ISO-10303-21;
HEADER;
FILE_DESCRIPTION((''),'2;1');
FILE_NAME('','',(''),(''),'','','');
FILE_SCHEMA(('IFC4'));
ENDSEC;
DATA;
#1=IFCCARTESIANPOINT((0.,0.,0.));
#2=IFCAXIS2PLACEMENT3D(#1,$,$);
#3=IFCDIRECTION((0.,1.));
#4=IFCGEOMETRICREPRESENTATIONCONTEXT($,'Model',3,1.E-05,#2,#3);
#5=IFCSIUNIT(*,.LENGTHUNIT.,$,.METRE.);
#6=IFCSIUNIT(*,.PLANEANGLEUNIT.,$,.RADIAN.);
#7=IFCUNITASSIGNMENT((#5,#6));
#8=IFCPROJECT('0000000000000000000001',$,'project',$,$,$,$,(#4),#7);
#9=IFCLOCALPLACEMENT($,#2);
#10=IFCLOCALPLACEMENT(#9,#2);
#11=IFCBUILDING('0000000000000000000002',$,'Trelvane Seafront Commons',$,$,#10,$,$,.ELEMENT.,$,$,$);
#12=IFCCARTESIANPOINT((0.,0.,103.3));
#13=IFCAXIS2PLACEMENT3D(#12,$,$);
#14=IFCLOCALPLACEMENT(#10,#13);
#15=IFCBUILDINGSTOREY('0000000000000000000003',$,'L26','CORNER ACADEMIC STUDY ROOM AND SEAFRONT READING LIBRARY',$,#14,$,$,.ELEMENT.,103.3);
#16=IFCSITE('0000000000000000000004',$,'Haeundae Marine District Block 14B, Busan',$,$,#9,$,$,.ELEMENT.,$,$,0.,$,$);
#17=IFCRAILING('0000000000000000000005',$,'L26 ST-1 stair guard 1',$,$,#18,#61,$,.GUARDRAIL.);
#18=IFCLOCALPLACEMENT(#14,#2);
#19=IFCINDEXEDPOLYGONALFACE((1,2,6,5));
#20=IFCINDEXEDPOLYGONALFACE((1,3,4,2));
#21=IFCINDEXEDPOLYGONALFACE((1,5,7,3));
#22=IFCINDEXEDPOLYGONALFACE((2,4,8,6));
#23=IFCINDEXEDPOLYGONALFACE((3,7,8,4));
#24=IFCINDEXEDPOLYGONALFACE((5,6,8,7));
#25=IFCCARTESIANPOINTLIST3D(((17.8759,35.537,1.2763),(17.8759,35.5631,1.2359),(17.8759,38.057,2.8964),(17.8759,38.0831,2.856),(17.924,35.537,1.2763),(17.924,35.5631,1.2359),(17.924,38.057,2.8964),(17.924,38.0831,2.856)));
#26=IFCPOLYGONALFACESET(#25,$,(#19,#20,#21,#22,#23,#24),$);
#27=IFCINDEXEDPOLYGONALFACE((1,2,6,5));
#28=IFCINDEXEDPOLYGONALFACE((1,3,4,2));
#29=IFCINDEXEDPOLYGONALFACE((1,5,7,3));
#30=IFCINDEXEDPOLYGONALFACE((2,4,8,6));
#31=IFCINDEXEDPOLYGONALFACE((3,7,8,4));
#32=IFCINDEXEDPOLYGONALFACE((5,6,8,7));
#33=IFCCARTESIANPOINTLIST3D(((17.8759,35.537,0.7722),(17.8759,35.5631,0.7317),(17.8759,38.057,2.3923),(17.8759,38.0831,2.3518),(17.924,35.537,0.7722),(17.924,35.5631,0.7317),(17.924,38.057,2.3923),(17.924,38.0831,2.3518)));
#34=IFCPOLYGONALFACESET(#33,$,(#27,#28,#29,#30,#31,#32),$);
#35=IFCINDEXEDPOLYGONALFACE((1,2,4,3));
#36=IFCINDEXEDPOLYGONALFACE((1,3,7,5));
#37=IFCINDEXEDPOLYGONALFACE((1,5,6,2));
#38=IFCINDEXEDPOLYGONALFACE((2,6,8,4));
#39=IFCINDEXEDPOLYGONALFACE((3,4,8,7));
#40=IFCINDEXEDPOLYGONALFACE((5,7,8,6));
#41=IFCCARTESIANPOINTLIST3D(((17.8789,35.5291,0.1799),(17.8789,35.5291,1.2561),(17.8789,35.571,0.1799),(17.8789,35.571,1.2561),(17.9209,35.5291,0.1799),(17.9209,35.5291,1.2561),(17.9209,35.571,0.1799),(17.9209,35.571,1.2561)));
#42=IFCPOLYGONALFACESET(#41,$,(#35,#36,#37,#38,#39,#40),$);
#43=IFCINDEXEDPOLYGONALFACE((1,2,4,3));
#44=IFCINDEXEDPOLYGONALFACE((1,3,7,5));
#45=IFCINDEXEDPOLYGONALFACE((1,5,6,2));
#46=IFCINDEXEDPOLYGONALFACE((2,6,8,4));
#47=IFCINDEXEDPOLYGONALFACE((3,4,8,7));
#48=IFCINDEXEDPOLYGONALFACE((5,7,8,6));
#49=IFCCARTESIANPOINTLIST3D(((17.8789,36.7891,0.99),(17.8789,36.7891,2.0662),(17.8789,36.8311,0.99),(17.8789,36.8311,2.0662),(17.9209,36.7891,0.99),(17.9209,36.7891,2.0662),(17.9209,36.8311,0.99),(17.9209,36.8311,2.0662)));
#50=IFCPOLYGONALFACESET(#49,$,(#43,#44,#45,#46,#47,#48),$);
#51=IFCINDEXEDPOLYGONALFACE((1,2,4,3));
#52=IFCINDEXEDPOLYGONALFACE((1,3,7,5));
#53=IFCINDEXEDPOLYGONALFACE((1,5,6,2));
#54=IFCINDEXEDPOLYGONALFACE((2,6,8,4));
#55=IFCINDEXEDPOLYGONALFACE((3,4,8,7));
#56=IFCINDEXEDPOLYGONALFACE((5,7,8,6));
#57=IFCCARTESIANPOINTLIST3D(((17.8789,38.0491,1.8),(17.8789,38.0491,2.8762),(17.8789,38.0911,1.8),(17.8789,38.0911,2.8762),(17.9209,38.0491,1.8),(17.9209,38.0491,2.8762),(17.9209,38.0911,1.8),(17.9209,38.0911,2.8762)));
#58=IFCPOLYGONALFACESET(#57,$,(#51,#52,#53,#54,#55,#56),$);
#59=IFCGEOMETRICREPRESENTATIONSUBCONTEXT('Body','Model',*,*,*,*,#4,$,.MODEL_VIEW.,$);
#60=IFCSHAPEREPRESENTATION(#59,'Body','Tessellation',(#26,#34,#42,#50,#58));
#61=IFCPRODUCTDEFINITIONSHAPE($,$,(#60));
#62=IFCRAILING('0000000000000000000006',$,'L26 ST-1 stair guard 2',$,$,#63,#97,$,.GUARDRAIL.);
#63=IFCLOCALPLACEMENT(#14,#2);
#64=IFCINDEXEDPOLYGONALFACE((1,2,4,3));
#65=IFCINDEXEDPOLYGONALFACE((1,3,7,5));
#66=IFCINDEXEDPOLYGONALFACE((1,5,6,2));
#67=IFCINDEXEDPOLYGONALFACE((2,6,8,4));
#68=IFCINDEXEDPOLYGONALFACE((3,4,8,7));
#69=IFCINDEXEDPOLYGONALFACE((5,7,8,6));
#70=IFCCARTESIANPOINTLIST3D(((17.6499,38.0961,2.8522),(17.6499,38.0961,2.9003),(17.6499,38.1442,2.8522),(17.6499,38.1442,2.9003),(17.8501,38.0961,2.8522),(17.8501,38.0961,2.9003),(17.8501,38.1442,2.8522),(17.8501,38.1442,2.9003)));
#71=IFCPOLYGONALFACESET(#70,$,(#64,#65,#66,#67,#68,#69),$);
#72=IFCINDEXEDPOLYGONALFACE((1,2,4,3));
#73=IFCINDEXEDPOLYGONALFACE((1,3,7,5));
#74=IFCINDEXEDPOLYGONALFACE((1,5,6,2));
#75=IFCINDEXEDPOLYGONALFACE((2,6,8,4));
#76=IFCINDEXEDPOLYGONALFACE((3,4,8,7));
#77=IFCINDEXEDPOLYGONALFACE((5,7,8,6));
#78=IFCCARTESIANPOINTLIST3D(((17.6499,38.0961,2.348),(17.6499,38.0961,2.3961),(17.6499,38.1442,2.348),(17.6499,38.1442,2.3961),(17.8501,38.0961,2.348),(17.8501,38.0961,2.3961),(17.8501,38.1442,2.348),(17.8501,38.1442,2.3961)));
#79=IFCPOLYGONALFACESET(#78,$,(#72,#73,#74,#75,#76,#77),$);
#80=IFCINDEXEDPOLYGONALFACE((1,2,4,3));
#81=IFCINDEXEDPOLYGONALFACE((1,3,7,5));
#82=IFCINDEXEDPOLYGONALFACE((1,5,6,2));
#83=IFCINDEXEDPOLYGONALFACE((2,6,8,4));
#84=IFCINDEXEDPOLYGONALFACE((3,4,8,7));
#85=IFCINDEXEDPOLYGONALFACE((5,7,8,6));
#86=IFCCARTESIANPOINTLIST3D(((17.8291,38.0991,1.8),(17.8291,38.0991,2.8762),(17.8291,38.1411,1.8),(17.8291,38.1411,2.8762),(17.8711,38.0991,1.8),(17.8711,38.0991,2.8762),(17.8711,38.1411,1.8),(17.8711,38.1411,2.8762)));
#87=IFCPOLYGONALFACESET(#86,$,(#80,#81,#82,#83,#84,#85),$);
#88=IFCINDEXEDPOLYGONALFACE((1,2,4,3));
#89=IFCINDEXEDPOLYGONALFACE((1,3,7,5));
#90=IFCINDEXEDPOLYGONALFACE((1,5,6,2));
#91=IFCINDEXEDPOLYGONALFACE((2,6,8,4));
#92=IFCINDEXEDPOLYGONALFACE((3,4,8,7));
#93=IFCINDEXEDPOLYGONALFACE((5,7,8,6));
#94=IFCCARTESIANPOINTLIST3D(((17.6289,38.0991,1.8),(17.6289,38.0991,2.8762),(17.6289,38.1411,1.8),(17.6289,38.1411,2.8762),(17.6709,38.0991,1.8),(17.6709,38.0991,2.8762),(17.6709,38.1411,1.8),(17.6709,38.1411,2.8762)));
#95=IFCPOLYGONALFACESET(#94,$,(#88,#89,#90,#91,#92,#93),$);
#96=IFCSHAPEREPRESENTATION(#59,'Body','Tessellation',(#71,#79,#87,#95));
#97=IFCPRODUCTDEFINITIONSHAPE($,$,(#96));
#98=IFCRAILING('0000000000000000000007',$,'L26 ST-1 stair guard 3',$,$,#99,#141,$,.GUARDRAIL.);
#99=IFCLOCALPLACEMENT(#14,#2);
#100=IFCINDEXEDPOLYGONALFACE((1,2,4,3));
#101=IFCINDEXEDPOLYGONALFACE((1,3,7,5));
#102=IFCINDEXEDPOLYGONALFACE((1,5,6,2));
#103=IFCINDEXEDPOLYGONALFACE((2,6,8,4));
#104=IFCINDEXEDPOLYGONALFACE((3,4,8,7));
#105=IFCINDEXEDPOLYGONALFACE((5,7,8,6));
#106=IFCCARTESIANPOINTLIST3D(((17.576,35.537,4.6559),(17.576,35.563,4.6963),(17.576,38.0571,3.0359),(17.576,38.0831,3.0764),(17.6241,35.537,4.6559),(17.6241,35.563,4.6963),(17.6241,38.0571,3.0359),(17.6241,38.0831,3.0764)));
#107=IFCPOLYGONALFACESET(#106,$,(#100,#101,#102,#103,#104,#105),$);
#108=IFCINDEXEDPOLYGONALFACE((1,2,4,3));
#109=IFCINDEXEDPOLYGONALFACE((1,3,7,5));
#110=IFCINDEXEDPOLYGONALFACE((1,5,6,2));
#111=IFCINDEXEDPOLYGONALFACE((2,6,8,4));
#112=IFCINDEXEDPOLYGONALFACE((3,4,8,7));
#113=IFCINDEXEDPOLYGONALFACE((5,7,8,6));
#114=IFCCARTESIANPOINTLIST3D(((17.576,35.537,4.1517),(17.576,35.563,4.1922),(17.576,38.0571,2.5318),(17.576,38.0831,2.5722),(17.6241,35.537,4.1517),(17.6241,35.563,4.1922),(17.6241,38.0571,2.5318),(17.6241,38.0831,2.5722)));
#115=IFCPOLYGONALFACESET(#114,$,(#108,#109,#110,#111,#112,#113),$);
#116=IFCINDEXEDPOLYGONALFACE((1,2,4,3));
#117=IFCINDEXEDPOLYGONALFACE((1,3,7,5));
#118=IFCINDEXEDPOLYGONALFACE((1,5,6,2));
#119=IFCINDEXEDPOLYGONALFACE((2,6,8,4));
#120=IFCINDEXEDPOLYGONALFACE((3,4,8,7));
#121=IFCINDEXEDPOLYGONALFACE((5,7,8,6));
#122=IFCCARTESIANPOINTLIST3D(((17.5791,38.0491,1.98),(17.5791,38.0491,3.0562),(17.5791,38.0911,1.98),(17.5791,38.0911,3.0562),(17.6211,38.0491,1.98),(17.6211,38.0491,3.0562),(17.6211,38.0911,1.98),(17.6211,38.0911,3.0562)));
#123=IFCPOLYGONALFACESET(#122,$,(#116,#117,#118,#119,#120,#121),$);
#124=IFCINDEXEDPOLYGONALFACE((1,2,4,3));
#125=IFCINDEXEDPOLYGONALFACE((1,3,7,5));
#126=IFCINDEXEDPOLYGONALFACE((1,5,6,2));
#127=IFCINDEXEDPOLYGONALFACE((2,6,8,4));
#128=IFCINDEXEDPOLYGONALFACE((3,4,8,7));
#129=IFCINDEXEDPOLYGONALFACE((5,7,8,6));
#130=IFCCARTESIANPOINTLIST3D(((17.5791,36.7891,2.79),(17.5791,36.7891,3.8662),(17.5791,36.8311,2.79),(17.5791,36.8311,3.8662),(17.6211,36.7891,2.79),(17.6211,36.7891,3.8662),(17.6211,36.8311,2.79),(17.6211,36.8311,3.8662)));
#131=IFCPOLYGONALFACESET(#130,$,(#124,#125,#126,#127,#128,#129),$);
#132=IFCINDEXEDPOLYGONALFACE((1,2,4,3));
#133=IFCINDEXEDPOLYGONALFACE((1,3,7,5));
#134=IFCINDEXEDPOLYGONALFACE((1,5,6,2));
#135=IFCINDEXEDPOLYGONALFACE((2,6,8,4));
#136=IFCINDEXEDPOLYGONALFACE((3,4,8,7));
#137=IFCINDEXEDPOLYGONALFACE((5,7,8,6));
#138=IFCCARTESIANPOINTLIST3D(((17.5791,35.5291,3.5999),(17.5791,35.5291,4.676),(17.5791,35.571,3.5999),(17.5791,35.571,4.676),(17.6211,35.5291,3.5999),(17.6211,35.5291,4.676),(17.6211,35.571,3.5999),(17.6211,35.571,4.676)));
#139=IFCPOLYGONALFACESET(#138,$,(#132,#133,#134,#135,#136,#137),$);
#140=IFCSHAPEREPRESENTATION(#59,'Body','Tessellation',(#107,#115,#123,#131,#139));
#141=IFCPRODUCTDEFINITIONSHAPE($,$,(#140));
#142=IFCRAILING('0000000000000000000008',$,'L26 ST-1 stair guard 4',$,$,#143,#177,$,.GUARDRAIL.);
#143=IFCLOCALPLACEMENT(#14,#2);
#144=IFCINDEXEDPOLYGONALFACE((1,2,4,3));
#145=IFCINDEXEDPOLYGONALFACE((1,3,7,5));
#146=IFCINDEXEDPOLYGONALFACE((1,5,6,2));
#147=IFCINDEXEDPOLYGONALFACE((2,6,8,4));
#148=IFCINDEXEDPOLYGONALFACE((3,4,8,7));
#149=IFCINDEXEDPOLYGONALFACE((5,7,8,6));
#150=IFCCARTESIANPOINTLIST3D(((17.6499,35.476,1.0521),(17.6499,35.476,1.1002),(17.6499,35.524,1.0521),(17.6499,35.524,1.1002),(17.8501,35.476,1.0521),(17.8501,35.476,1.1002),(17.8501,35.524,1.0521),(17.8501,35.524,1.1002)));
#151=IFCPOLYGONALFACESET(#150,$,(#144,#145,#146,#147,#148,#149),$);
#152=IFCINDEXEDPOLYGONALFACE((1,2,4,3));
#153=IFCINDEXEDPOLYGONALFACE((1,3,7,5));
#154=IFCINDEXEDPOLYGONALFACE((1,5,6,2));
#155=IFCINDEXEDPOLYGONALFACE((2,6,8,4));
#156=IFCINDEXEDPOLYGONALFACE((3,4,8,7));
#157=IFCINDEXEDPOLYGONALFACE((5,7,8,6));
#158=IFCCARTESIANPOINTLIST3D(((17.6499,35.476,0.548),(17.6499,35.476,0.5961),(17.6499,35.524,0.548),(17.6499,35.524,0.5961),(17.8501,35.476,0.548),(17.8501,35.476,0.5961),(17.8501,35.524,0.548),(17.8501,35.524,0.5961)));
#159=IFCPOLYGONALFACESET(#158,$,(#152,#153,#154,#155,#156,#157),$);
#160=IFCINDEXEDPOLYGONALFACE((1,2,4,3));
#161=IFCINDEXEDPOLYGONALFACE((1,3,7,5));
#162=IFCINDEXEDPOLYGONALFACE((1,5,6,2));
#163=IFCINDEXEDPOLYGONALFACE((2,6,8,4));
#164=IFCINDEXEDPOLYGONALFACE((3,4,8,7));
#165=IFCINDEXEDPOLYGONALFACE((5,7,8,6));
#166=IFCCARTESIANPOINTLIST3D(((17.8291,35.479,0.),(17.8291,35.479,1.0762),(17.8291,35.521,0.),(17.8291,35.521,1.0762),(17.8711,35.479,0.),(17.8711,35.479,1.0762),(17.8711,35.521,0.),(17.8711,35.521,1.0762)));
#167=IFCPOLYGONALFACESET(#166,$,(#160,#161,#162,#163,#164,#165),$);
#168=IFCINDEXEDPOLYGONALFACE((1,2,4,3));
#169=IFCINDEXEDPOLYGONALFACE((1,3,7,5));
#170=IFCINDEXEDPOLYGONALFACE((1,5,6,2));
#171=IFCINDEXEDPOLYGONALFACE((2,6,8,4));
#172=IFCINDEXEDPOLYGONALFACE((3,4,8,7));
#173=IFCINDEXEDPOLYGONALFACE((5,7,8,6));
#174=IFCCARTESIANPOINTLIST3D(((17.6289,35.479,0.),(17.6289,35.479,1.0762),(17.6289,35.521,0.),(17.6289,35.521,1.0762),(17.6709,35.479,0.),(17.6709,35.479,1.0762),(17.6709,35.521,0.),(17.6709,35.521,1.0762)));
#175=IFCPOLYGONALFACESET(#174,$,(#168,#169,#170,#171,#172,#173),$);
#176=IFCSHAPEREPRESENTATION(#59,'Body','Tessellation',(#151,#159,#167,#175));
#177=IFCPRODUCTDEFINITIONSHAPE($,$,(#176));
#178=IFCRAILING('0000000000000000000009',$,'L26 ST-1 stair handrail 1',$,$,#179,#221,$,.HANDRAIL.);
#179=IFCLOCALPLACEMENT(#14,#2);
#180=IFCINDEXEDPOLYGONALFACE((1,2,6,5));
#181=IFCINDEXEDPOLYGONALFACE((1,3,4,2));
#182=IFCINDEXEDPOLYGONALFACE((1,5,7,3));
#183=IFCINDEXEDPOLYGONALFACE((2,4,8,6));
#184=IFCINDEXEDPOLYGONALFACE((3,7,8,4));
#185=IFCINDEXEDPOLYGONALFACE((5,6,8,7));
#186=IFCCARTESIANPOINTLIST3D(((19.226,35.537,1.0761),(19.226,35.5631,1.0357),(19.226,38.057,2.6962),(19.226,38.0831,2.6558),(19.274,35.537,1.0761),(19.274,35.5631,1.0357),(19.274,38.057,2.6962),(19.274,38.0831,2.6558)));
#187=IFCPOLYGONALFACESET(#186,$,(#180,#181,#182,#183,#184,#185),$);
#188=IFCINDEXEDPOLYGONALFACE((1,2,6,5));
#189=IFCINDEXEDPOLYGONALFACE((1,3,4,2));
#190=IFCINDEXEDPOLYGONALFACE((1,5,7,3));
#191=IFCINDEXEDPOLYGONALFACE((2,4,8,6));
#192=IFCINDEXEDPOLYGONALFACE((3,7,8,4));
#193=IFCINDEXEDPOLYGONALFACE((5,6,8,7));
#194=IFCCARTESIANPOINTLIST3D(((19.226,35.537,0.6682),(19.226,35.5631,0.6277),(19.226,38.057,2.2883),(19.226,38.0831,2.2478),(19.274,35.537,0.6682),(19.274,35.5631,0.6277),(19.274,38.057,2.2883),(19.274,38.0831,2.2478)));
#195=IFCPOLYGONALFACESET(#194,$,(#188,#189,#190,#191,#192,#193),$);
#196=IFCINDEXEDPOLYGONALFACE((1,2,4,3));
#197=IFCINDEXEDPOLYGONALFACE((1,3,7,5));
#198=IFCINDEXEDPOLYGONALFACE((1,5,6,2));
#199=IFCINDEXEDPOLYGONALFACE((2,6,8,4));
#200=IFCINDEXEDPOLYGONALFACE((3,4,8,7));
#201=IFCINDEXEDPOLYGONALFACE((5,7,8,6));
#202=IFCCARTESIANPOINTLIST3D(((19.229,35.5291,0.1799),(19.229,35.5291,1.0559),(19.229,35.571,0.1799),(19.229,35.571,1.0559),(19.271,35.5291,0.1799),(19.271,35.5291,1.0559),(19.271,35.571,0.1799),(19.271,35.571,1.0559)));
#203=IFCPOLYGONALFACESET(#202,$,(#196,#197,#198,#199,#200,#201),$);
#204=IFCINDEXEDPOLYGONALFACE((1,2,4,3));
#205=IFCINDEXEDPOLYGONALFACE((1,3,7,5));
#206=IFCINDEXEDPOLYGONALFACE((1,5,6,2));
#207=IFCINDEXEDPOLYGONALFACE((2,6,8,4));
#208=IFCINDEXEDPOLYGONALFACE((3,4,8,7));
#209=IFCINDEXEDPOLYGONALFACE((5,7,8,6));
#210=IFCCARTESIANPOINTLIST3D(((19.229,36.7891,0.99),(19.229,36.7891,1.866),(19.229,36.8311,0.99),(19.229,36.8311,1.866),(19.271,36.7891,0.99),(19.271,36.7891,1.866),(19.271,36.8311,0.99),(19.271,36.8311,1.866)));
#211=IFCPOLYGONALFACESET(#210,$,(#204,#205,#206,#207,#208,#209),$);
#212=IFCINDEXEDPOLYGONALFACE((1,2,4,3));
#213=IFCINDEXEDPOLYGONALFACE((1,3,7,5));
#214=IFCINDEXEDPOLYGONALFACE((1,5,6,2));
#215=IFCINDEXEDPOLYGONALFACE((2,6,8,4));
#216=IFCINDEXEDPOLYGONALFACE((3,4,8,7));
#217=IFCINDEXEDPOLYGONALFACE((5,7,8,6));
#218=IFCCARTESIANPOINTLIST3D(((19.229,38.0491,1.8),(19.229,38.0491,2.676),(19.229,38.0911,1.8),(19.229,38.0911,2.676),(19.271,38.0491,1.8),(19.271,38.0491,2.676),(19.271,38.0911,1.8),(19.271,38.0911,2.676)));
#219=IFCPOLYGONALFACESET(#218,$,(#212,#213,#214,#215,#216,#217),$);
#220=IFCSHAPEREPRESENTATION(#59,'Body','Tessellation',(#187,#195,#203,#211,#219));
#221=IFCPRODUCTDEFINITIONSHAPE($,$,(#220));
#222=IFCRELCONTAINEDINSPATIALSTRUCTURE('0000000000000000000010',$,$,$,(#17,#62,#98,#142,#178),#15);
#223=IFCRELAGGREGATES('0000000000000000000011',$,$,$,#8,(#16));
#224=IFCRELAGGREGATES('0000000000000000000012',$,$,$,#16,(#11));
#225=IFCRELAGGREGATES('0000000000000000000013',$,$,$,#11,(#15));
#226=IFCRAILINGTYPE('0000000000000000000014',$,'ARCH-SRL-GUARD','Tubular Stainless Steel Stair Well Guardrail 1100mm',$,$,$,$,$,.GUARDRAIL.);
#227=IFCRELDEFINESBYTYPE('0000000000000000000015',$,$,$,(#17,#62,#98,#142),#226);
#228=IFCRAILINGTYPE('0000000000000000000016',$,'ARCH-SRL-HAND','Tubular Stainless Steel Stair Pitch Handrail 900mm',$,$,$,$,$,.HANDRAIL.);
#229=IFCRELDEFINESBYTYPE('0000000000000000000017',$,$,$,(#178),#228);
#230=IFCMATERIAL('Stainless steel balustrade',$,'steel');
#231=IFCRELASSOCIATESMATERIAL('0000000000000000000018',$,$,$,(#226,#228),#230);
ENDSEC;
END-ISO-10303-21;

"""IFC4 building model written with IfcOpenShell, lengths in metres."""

from ifc_helpers import new_model, si_unit, direction, frame, origin, origin_2d, place, context, subcontext, project, spatial, rectangle, extrude, material, type_object, element, save


model = new_model("IFC4")

# Units and contexts
model_context = context("Model", 3, precision=1e-05, world=origin(), true_north=direction((0.0, 1.0)))
body_context = subcontext(model_context, "Body", "Model", "MODEL_VIEW")
ifc_project = project(units=[si_unit("LENGTHUNIT", "METRE"), si_unit("PLANEANGLEUNIT", "RADIAN")], contexts=[model_context])

# Site, building, storey
site_placement = place(None, origin())
site = spatial("IfcSite", under=ifc_project, at=site_placement, Name="Haeundae Marine District Block 14B, Busan", CompositionType="ELEMENT", RefElevation=0.0)
building_placement = place(site_placement, origin())
building = spatial("IfcBuilding", under=site, at=building_placement, Name="Trelvane Seafront Commons", CompositionType="ELEMENT")
storey_placement = place(building_placement, frame((0.0, 0.0, 103.3)))
storey = spatial("IfcBuildingStorey", under=building, at=storey_placement, Name="L26", Description="CORNER ACADEMIC STUDY ROOM AND SEAFRONT READING LIBRARY", CompositionType="ELEMENT", Elevation=103.3)

# Shared definitions
ifc_material_1 = material(Name="Stainless steel balustrade", Category="steel")

# Railings
railing_type_1 = type_object("IfcRailingType", Name="ARCH-SRL-GUARD", Description="Tubular Stainless Steel Stair Well Guardrail 1100mm", PredefinedType="GUARDRAIL", material=ifc_material_1)
railing_1_placement = place(storey_placement, frame((17.8999, 35.55, 0.1799)))
element("IfcRailing", 1, at=railing_1_placement, inside=storey, type_object=railing_type_1, Name="L26 ST-1 stair guard 1", PredefinedType="GUARDRAIL", context=body_context, shape_type="SweptSolid", body=[
    extrude(rectangle(XDim=0.0481, YDim=0.0481, at=origin_2d()), frame((0.0, 0.0, 1.0762), z_axis=(0.0, 0.841163, 0.540782), x_axis=(-1.0, 0.0, 0.0)), (0.0, 0.0, 1.0), 2.9958),
    extrude(rectangle(XDim=0.0481, YDim=0.0481, at=origin_2d()), frame((0.0, 0.0, 0.572), z_axis=(0.0, 0.841163, 0.540782), x_axis=(-1.0, 0.0, 0.0)), (0.0, 0.0, 1.0), 2.9958),
    extrude(rectangle(XDim=0.042, YDim=0.042, at=origin_2d()), origin(), (0.0, 0.0, 1.0), 1.0762),
    extrude(rectangle(XDim=0.042, YDim=0.042, at=origin_2d()), frame((0.0, 1.26, 0.8101)), (0.0, 0.0, 1.0), 1.0762),
    extrude(rectangle(XDim=0.042, YDim=0.042, at=origin_2d()), frame((0.0, 2.52, 1.6201)), (0.0, 0.0, 1.0), 1.0762),
])
railing_2_placement = place(storey_placement, frame((17.8501, 38.1201, 1.8)))
element("IfcRailing", 2, at=railing_2_placement, inside=storey, type_object=railing_type_1, Name="L26 ST-1 stair guard 2", PredefinedType="GUARDRAIL", context=body_context, shape_type="SweptSolid", body=[
    extrude(rectangle(XDim=0.0481, YDim=0.0481, at=origin_2d()), frame((0.0, 0.0, 1.0762), z_axis=(-1.0, 0.0, 0.0), x_axis=(0.0, -1.0, 0.0)), (0.0, 0.0, 1.0), 0.2002),
    extrude(rectangle(XDim=0.0481, YDim=0.0481, at=origin_2d()), frame((0.0, 0.0, 0.572), z_axis=(-1.0, 0.0, 0.0), x_axis=(0.0, -1.0, 0.0)), (0.0, 0.0, 1.0), 0.2002),
    extrude(rectangle(XDim=0.042, YDim=0.042, at=origin_2d()), origin(), (0.0, 0.0, 1.0), 1.0762),
    extrude(rectangle(XDim=0.042, YDim=0.042, at=origin_2d()), frame((-0.2002, 0.0, 0.0)), (0.0, 0.0, 1.0), 1.0762),
])
railing_3_placement = place(storey_placement, frame((17.6001, 38.0701, 1.98)))
element("IfcRailing", 3, at=railing_3_placement, inside=storey, type_object=railing_type_1, Name="L26 ST-1 stair guard 3", PredefinedType="GUARDRAIL", context=body_context, shape_type="SweptSolid", body=[
    extrude(rectangle(XDim=0.0481, YDim=0.0481, at=origin_2d()), frame((0.0, 0.0, 1.0762), z_axis=(0.0, -0.8412, 0.540725), x_axis=(1.0, 0.0, 0.0)), (0.0, 0.0, 1.0), 2.9958),
    extrude(rectangle(XDim=0.0481, YDim=0.0481, at=origin_2d()), frame((0.0, 0.0, 0.572), z_axis=(0.0, -0.8412, 0.540725), x_axis=(1.0, 0.0, 0.0)), (0.0, 0.0, 1.0), 2.9958),
    extrude(rectangle(XDim=0.042, YDim=0.042, at=origin_2d()), origin(), (0.0, 0.0, 1.0), 1.0762),
    extrude(rectangle(XDim=0.042, YDim=0.042, at=origin_2d()), frame((0.0, -1.26, 0.8101)), (0.0, 0.0, 1.0), 1.0762),
    extrude(rectangle(XDim=0.042, YDim=0.042, at=origin_2d()), frame((0.0, -2.52, 1.6199)), (0.0, 0.0, 1.0), 1.0762),
])
railing_4_placement = place(storey_placement, frame((17.8501, 35.5, 0.0)))
element("IfcRailing", 4, at=railing_4_placement, inside=storey, type_object=railing_type_1, Name="L26 ST-1 stair guard 4", PredefinedType="GUARDRAIL", context=body_context, shape_type="SweptSolid", body=[
    extrude(rectangle(XDim=0.0481, YDim=0.0481, at=origin_2d()), frame((0.0, 0.0, 1.0762), z_axis=(-1.0, 0.0, 0.0), x_axis=(0.0, -1.0, 0.0)), (0.0, 0.0, 1.0), 0.2002),
    extrude(rectangle(XDim=0.0481, YDim=0.0481, at=origin_2d()), frame((0.0, 0.0, 0.572), z_axis=(-1.0, 0.0, 0.0), x_axis=(0.0, -1.0, 0.0)), (0.0, 0.0, 1.0), 0.2002),
    extrude(rectangle(XDim=0.042, YDim=0.042, at=origin_2d()), origin(), (0.0, 0.0, 1.0), 1.0762),
    extrude(rectangle(XDim=0.042, YDim=0.042, at=origin_2d()), frame((-0.2002, 0.0, 0.0)), (0.0, 0.0, 1.0), 1.0762),
])
railing_type_2 = type_object("IfcRailingType", Name="ARCH-SRL-HAND", Description="Tubular Stainless Steel Stair Pitch Handrail 900mm", PredefinedType="HANDRAIL", material=ifc_material_1)
railing_5_placement = place(storey_placement, frame((19.25, 35.55, 0.1799)))
element("IfcRailing", 5, at=railing_5_placement, inside=storey, type_object=railing_type_2, Name="L26 ST-1 stair handrail 1", PredefinedType="HANDRAIL", context=body_context, shape_type="SweptSolid", body=[
    extrude(rectangle(XDim=0.0481, YDim=0.0481, at=origin_2d()), frame((0.0, 0.0, 0.876), z_axis=(0.0, 0.841163, 0.540782), x_axis=(-1.0, 0.0, 0.0)), (0.0, 0.0, 1.0), 2.9958),
    extrude(rectangle(XDim=0.0481, YDim=0.0481, at=origin_2d()), frame((0.0, 0.0, 0.468), z_axis=(0.0, 0.841163, 0.540782), x_axis=(-1.0, 0.0, 0.0)), (0.0, 0.0, 1.0), 2.9958),
    extrude(rectangle(XDim=0.042, YDim=0.042, at=origin_2d()), origin(), (0.0, 0.0, 1.0), 0.876),
    extrude(rectangle(XDim=0.042, YDim=0.042, at=origin_2d()), frame((0.0, 1.26, 0.8101)), (0.0, 0.0, 1.0), 0.876),
    extrude(rectangle(XDim=0.042, YDim=0.042, at=origin_2d()), frame((0.0, 2.52, 1.6201)), (0.0, 0.0, 1.0), 0.876),
])

save(model, "model.ifc")
